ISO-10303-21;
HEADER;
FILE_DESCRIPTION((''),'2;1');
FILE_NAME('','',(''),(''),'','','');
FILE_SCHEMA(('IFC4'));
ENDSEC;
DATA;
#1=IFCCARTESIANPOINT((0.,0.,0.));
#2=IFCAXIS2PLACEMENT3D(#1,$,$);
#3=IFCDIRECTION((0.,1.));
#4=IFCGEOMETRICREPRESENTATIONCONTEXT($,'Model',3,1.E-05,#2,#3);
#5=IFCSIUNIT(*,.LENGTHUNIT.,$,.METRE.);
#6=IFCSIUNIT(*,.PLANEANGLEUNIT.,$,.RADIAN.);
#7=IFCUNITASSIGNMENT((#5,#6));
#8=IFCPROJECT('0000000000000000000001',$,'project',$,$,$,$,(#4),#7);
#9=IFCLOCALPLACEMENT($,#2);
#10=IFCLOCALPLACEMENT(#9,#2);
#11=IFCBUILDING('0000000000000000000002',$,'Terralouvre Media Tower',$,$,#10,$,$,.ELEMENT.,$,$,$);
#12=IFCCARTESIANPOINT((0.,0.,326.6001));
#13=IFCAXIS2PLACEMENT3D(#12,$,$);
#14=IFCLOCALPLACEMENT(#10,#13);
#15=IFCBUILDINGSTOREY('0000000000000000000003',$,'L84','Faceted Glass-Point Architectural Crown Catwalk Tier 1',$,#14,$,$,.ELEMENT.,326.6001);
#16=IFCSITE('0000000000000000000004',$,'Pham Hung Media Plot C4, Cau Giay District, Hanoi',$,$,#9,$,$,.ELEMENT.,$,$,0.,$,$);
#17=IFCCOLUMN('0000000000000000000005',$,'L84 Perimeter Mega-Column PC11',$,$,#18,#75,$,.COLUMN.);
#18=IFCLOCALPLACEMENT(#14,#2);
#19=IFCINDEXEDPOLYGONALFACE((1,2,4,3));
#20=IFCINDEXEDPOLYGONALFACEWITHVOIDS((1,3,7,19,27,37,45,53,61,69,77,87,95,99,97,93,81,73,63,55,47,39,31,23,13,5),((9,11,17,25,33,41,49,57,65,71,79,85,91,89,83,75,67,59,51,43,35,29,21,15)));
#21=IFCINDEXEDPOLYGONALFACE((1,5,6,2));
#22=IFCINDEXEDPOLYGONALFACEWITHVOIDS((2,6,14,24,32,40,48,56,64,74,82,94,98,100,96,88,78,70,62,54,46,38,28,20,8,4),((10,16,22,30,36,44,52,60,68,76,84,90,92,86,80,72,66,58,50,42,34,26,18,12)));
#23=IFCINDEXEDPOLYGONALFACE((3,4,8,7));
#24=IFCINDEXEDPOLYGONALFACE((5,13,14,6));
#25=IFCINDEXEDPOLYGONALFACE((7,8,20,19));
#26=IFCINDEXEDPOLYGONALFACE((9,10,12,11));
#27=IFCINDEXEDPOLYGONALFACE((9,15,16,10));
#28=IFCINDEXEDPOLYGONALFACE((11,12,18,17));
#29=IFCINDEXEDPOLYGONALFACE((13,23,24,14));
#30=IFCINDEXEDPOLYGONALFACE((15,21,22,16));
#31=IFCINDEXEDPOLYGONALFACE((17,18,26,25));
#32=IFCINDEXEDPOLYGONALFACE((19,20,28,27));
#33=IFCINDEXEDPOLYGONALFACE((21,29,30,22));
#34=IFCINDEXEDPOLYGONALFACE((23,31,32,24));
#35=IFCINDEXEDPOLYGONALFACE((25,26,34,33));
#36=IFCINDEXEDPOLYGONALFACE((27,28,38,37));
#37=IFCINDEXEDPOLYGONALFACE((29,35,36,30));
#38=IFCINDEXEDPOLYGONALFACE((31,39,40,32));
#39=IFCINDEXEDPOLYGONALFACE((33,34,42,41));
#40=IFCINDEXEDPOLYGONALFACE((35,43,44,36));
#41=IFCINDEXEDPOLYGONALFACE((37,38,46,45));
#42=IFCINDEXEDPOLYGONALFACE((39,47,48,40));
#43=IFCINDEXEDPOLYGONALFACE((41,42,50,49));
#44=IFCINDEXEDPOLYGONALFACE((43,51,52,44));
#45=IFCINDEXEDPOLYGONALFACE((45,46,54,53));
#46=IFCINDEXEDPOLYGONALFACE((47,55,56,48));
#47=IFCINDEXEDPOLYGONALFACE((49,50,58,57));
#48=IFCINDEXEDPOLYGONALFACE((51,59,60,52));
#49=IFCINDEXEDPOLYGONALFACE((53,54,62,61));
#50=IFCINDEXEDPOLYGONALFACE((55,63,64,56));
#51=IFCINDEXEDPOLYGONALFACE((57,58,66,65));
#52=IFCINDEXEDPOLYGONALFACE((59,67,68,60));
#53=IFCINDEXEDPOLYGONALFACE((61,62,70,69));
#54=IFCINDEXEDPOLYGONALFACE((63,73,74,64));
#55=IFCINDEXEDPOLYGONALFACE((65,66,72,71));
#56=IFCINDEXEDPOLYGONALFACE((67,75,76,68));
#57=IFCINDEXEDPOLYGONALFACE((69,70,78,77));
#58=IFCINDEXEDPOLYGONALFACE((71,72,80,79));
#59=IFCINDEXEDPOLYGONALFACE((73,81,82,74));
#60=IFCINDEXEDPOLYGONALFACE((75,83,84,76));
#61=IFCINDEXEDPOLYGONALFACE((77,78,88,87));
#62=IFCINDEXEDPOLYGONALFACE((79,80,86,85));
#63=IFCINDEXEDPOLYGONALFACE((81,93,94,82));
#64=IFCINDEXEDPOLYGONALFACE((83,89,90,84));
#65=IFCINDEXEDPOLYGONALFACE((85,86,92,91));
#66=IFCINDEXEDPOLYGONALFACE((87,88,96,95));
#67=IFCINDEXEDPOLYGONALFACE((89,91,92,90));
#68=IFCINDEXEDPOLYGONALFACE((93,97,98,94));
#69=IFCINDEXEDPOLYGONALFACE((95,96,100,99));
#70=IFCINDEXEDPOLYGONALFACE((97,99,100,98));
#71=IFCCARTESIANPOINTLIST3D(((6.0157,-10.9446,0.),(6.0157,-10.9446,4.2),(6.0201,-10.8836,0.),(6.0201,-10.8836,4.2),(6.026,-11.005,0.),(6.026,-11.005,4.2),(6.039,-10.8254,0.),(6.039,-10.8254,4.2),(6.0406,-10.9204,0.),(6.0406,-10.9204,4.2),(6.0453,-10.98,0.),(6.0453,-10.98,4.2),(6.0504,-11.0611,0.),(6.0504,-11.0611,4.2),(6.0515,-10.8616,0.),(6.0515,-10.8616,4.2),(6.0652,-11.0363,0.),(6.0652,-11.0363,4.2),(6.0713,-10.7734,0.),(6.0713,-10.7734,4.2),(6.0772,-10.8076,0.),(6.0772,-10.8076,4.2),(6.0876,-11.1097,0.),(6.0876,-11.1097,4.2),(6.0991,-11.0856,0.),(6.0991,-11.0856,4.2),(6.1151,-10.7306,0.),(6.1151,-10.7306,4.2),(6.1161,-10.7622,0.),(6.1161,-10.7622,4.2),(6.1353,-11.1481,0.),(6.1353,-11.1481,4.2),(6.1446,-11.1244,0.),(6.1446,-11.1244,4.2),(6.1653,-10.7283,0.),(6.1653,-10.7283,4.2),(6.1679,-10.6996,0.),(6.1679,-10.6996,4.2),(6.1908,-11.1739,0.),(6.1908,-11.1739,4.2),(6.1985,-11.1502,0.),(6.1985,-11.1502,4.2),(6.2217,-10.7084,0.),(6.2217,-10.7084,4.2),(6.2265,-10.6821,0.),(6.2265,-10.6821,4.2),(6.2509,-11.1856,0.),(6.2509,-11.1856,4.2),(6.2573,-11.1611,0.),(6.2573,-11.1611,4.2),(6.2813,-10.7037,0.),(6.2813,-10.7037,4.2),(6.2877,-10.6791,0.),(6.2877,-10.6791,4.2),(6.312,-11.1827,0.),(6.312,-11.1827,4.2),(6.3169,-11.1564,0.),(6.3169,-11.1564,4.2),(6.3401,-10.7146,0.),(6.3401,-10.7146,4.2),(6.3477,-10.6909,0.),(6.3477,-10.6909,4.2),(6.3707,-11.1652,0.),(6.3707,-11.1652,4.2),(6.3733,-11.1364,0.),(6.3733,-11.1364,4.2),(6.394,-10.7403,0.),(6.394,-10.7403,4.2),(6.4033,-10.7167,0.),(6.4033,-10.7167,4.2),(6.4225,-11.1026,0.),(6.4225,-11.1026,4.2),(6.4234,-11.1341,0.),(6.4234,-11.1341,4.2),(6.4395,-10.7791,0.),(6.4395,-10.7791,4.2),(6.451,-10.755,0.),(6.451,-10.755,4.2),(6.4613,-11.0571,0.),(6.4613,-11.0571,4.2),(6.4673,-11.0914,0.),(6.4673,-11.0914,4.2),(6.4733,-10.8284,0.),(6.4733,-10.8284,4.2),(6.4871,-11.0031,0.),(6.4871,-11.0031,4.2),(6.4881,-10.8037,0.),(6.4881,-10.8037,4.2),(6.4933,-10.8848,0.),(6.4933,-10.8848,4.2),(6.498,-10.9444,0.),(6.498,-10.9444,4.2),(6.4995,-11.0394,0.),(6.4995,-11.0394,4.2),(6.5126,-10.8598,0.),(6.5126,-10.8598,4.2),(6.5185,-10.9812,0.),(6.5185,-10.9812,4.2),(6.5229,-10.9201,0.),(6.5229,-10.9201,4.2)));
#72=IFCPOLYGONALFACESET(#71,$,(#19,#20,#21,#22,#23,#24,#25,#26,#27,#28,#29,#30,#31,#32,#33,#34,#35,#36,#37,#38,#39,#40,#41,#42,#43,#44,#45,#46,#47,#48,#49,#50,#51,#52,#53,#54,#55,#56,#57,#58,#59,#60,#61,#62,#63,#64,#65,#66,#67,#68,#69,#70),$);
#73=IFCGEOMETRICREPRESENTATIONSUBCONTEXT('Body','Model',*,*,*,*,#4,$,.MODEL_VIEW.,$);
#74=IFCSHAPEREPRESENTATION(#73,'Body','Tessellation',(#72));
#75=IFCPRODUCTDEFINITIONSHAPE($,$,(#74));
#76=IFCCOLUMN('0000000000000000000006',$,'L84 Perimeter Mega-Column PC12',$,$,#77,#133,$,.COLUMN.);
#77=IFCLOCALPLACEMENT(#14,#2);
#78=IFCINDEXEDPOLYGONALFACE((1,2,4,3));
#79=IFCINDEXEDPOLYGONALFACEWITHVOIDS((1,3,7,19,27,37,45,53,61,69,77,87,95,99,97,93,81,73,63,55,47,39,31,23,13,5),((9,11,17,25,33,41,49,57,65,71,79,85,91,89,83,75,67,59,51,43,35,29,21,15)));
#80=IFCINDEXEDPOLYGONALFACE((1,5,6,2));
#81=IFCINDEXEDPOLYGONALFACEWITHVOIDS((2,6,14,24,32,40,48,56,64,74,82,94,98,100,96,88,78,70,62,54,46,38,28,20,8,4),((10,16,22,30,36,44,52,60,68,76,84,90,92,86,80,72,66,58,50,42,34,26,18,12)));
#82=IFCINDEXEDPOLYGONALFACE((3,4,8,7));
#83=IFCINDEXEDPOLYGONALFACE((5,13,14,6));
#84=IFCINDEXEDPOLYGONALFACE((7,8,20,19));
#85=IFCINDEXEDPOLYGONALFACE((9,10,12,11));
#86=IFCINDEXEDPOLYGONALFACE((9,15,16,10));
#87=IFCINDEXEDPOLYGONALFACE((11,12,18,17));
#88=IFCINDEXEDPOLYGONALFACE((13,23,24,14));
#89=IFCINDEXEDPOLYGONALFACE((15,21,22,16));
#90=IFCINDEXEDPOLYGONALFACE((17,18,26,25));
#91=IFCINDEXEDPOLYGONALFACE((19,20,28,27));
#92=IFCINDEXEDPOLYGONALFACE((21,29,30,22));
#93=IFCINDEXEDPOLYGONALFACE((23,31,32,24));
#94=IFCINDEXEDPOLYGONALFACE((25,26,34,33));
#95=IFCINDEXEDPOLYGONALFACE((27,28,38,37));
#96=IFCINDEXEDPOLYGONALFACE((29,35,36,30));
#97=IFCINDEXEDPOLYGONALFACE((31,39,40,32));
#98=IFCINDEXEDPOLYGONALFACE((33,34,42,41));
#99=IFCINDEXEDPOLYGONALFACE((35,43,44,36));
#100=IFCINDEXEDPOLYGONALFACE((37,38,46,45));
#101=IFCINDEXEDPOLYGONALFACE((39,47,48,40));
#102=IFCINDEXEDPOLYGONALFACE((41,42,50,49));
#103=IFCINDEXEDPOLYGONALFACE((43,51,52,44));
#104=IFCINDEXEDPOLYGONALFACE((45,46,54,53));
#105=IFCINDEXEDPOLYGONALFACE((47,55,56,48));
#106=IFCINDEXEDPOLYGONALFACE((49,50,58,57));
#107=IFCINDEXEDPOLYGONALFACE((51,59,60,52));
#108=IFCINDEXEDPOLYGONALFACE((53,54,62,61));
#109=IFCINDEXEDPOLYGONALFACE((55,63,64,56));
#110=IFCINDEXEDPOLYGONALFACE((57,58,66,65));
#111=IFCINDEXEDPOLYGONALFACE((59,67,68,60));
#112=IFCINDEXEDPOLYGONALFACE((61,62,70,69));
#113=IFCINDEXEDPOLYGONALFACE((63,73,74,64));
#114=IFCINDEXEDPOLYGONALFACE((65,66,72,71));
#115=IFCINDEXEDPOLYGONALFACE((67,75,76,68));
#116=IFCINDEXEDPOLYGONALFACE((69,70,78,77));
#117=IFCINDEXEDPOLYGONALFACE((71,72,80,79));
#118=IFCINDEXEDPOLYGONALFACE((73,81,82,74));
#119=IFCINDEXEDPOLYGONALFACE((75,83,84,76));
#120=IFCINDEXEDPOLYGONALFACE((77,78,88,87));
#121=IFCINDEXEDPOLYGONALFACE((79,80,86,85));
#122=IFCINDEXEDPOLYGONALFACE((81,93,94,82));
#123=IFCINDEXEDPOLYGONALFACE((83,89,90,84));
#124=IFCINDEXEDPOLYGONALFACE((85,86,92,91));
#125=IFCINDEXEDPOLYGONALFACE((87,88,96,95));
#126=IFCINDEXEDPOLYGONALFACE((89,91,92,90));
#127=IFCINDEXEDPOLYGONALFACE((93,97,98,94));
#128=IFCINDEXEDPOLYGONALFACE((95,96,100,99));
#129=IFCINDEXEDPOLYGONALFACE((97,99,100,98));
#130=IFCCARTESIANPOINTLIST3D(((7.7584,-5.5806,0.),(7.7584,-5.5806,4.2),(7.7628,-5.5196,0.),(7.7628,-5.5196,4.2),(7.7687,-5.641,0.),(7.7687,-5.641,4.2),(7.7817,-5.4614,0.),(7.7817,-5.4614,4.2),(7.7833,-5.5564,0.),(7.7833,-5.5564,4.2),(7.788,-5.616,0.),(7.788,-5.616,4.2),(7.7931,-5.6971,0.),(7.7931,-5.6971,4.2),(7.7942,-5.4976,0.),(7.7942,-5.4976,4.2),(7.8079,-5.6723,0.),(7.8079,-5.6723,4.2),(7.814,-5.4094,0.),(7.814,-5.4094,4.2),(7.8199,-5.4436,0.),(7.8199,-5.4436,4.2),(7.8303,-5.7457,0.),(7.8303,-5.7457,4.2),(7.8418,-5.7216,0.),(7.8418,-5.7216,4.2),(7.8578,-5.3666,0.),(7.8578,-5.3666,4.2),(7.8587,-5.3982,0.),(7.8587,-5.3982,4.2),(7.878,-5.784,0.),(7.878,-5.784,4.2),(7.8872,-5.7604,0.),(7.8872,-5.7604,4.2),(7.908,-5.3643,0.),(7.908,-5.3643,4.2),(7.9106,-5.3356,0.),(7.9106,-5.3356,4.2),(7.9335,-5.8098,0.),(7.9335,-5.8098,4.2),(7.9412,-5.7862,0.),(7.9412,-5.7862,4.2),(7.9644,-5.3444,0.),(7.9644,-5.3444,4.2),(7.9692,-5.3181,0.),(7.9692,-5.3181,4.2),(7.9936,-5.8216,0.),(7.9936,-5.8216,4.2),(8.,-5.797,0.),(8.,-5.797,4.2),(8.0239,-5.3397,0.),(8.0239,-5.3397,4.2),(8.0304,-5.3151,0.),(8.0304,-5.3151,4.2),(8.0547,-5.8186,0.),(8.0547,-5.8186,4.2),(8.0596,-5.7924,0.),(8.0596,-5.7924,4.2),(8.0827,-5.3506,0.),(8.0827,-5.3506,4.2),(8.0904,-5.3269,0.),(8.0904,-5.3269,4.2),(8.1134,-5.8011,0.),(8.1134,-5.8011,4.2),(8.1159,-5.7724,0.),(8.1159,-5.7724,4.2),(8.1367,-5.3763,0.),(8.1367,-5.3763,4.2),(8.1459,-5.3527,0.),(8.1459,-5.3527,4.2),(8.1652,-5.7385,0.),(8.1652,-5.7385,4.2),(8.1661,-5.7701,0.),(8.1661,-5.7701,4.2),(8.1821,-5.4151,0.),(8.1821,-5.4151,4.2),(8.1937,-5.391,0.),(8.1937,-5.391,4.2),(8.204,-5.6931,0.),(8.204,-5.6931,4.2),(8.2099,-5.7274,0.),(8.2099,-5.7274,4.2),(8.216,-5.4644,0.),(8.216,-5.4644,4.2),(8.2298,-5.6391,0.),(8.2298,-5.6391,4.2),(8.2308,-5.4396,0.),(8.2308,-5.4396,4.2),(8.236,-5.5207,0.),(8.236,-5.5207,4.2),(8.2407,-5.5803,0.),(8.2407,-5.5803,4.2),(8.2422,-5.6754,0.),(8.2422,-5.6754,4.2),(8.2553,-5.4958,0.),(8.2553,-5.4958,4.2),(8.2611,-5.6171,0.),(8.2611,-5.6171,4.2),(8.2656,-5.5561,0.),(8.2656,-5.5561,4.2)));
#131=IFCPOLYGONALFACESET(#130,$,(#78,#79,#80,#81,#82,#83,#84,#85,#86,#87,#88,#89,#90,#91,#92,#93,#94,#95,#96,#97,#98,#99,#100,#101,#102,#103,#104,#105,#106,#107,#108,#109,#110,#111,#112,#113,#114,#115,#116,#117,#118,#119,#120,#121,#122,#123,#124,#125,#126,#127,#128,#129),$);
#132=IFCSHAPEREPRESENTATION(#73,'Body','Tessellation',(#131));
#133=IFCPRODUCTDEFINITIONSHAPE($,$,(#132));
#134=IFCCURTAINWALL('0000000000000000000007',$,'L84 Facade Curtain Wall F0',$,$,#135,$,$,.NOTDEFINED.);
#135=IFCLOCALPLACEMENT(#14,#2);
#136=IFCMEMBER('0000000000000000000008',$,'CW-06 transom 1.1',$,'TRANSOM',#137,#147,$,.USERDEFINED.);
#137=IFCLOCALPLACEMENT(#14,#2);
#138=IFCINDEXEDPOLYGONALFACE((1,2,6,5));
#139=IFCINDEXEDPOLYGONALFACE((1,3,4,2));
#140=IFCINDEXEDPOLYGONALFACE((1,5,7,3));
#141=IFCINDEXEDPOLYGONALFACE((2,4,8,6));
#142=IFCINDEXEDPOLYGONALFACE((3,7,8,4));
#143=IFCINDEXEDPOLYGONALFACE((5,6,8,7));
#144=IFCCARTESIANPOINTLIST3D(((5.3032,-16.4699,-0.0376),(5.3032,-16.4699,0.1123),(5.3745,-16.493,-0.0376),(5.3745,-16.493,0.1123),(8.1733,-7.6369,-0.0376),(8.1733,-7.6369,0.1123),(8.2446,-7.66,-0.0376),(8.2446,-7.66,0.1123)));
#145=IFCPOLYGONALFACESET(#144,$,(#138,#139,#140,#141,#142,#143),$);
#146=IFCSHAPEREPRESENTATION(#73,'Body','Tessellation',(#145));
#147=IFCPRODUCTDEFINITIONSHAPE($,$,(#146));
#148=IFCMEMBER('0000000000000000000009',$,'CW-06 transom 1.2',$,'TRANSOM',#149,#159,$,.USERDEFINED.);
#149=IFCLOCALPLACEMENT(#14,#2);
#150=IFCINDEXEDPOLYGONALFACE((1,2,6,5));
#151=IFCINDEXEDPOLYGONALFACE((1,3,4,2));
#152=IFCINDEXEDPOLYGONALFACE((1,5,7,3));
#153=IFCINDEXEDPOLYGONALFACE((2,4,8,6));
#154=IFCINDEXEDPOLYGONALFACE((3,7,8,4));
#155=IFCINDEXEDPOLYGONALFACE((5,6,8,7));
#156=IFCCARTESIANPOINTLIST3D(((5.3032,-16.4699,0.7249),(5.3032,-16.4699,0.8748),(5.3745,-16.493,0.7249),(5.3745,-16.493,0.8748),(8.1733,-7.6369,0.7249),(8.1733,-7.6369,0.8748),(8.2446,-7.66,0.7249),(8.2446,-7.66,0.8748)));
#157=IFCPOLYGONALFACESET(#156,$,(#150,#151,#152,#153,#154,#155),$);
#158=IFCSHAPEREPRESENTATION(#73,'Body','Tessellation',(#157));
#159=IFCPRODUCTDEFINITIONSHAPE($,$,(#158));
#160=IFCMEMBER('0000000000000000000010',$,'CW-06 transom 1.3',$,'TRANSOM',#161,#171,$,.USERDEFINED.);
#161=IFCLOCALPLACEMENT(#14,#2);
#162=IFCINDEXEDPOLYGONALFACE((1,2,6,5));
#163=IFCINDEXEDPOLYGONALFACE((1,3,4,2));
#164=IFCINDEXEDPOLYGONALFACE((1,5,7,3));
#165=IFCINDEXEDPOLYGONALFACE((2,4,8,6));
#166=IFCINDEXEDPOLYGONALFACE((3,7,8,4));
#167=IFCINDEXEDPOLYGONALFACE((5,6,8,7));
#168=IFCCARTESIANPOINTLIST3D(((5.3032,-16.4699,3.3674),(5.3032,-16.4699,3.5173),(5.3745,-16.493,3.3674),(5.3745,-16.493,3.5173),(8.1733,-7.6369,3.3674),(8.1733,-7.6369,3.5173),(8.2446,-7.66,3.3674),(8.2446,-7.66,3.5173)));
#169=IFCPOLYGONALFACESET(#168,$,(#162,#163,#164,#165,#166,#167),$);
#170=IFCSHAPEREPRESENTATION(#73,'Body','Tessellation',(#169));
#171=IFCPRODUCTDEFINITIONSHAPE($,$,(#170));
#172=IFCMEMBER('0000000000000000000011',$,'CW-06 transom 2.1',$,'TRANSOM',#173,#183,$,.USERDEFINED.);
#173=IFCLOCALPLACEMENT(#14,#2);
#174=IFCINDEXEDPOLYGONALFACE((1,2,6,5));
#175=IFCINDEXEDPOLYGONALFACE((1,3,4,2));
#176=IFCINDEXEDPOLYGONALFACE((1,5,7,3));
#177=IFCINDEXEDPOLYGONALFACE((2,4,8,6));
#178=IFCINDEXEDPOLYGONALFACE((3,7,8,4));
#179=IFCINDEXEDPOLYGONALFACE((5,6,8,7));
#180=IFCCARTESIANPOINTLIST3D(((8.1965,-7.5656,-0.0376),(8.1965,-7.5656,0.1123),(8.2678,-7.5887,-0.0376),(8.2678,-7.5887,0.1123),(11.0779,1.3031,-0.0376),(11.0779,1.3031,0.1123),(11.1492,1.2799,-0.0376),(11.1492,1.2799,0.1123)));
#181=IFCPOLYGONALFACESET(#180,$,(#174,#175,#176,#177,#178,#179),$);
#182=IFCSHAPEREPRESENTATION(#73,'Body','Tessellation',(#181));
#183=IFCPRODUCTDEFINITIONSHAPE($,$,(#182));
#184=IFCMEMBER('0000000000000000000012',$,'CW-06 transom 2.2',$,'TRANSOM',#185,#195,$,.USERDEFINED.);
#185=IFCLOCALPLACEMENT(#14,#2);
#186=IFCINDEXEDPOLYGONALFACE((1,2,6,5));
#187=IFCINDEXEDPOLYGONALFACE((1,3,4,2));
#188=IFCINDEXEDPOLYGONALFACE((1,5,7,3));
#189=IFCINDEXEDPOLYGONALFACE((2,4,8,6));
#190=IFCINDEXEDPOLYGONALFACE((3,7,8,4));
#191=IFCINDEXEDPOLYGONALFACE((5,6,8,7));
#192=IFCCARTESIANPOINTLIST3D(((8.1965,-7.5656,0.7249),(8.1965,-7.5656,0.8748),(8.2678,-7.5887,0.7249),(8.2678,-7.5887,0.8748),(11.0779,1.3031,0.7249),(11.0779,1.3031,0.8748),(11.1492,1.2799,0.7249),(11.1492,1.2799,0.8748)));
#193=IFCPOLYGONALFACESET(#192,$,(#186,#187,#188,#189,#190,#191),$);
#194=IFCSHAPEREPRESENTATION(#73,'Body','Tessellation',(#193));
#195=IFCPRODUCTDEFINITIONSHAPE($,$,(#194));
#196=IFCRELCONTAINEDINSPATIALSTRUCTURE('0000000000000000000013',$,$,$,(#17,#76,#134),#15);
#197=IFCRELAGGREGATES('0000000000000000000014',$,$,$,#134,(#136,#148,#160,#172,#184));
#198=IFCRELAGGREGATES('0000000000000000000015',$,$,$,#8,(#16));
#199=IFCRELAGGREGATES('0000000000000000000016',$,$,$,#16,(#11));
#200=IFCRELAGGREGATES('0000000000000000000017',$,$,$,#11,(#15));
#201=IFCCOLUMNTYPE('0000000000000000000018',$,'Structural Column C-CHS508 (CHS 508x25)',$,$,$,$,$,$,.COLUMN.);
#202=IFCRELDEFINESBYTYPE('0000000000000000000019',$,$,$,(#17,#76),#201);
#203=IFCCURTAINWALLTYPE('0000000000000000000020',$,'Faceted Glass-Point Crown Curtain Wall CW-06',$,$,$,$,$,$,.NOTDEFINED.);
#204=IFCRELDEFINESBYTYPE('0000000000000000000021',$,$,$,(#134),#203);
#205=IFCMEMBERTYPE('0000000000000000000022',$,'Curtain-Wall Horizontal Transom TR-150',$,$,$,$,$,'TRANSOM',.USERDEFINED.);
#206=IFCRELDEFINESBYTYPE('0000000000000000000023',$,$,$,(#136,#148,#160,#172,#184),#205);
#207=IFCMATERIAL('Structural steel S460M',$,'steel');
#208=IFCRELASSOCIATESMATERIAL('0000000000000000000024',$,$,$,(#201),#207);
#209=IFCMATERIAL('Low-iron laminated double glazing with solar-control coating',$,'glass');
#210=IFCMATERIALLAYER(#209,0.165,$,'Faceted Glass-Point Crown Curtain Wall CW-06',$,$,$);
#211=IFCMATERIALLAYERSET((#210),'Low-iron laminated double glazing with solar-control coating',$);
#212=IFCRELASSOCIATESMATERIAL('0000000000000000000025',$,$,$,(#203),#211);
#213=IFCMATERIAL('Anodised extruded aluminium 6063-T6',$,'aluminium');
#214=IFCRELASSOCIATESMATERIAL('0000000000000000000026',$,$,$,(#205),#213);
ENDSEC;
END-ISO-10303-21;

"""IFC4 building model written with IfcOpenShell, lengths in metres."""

from ifc_helpers import new_model, si_unit, direction, frame, origin, origin_2d, place, context, subcontext, project, spatial, rectangle, hollow_circle, extrude, material, layer, layer_set, material_profile, profile_set, type_object, element, aggregate, save


model = new_model("IFC4")

# Units and contexts
model_context = context("Model", 3, precision=1e-05, world=origin(), true_north=direction((0.0, 1.0)))
body_context = subcontext(model_context, "Body", "Model", "MODEL_VIEW")
ifc_project = project(units=[si_unit("LENGTHUNIT", "METRE"), si_unit("PLANEANGLEUNIT", "RADIAN")], contexts=[model_context])

# Site, building, storey
site_placement = place(None, origin())
site = spatial("IfcSite", under=ifc_project, at=site_placement, Name="Pham Hung Media Plot C4, Cau Giay District, Hanoi", CompositionType="ELEMENT", RefElevation=0.0)
building_placement = place(site_placement, origin())
building = spatial("IfcBuilding", under=site, at=building_placement, Name="Terralouvre Media Tower", CompositionType="ELEMENT")
storey_placement = place(building_placement, frame((0.0, 0.0, 326.6001)))
storey = spatial("IfcBuildingStorey", under=building, at=storey_placement, Name="L84", Description="Faceted Glass-Point Architectural Crown Catwalk Tier 1", CompositionType="ELEMENT", Elevation=326.6001)

# Columns
ifc_material_1 = material(Name="Structural steel S460M", Category="steel")
ifc_material_profile_1 = material_profile(ifc_material_1, hollow_circle(Radius=0.2539, WallThickness=0.0249, at=origin_2d()), Name="CHS 508x25")
ifc_profile_set_1 = profile_set([ifc_material_profile_1], Name="Structural steel S460M")
column_type = type_object("IfcColumnType", Name="Structural Column C-CHS508 (CHS 508x25)", PredefinedType="COLUMN", material=ifc_profile_set_1)
for number, where, z_axis, x_axis, name in (
    (1, (6.2693, -10.9324, 0.0), (0.0, 0.0, 1.0), (0.309017, 0.951057, 0.0), "L84 Perimeter Mega-Column PC11"),
    (2, (8.012, -5.5684, 0.0), (0.0, 0.0, 1.0), (0.309017, 0.951057, 0.0), "L84 Perimeter Mega-Column PC12"),
):
    element("IfcColumn", number, at=place(storey_placement, frame(where, z_axis=z_axis, x_axis=x_axis)), inside=storey, type_object=column_type, Name=name, PredefinedType="COLUMN", context=body_context, shape_type="SweptSolid", body=[
        extrude(hollow_circle(Radius=0.2539, WallThickness=0.0249, at=origin_2d()), origin(), (0.0, 0.0, 1.0), 4.2),
    ])

# Curtain wall, members
ifc_material_2 = material(Name="Low-iron laminated double glazing with solar-control coating", Category="glass")
ifc_layer_1 = layer(ifc_material_2, 0.165, Name="Faceted Glass-Point Crown Curtain Wall CW-06")
ifc_layer_set_1 = layer_set([ifc_layer_1], Name="Low-iron laminated double glazing with solar-control coating")
curtain_wall_type = type_object("IfcCurtainWallType", Name="Faceted Glass-Point Crown Curtain Wall CW-06", PredefinedType="NOTDEFINED", material=ifc_layer_set_1)
curtain_wall_1_placement = place(storey_placement, origin())
curtain_wall_1 = element("IfcCurtainWall", 3, at=curtain_wall_1_placement, inside=storey, type_object=curtain_wall_type, Name="L84 Facade Curtain Wall F0", PredefinedType="NOTDEFINED")
ifc_material_3 = material(Name="Anodised extruded aluminium 6063-T6", Category="aluminium")
ifc_material_profile_2 = material_profile(ifc_material_3, rectangle(XDim=0.075, YDim=0.1499, at=origin_2d()), Name="ALU 75x150")
ifc_profile_set_2 = profile_set([ifc_material_profile_2], Name="Anodised extruded aluminium 6063-T6")
member_type_1 = type_object("IfcMemberType", Name="Curtain-Wall Horizontal Transom TR-150", ElementType="TRANSOM", PredefinedType="USERDEFINED", material=ifc_profile_set_2)
member_1_placement = place(storey_placement, frame((5.3389, -16.4814, 0.0374), z_axis=(0.309027, 0.951053, 0.0), x_axis=(-0.951053, 0.309027, 0.0)))
member_1 = element("IfcMember", 4, at=member_1_placement, type_object=member_type_1, Name="CW-06 transom 1.1", ObjectType="TRANSOM", PredefinedType="USERDEFINED", context=body_context, shape_type="SweptSolid", body=[
    extrude(rectangle(XDim=0.075, YDim=0.1499, at=origin_2d()), origin(), (0.0, 0.0, 1.0), 9.2876),
])
member_2_placement = place(storey_placement, frame((5.3389, -16.4814, 0.7998), z_axis=(0.309027, 0.951053, 0.0), x_axis=(-0.951053, 0.309027, 0.0)))
member_2 = element("IfcMember", 5, at=member_2_placement, type_object=member_type_1, Name="CW-06 transom 1.2", ObjectType="TRANSOM", PredefinedType="USERDEFINED", context=body_context, shape_type="SweptSolid", body=[
    extrude(rectangle(XDim=0.075, YDim=0.1499, at=origin_2d()), origin(), (0.0, 0.0, 1.0), 9.2876),
])
member_3_placement = place(storey_placement, frame((5.3389, -16.4814, 3.4424), z_axis=(0.309027, 0.951053, 0.0), x_axis=(-0.951053, 0.309027, 0.0)))
member_3 = element("IfcMember", 6, at=member_3_placement, type_object=member_type_1, Name="CW-06 transom 1.3", ObjectType="TRANSOM", PredefinedType="USERDEFINED", context=body_context, shape_type="SweptSolid", body=[
    extrude(rectangle(XDim=0.075, YDim=0.1499, at=origin_2d()), origin(), (0.0, 0.0, 1.0), 9.2876),
])
member_4_placement = place(storey_placement, frame((8.2322, -7.5771, 0.0374), z_axis=(0.308993, 0.951064, 0.0), x_axis=(-0.951064, 0.308993, 0.0)))
member_4 = element("IfcMember", 7, at=member_4_placement, type_object=member_type_1, Name="CW-06 transom 2.1", ObjectType="TRANSOM", PredefinedType="USERDEFINED", context=body_context, shape_type="SweptSolid", body=[
    extrude(rectangle(XDim=0.075, YDim=0.1499, at=origin_2d()), origin(), (0.0, 0.0, 1.0), 9.325),
])
member_5_placement = place(storey_placement, frame((8.2322, -7.5771, 0.7998), z_axis=(0.308993, 0.951064, 0.0), x_axis=(-0.951064, 0.308993, 0.0)))
member_5 = element("IfcMember", 8, at=member_5_placement, type_object=member_type_1, Name="CW-06 transom 2.2", ObjectType="TRANSOM", PredefinedType="USERDEFINED", context=body_context, shape_type="SweptSolid", body=[
    extrude(rectangle(XDim=0.075, YDim=0.1499, at=origin_2d()), origin(), (0.0, 0.0, 1.0), 9.325),
])

aggregate(curtain_wall_1, [member_1, member_2, member_3, member_4, member_5])

save(model, "model.ifc")
